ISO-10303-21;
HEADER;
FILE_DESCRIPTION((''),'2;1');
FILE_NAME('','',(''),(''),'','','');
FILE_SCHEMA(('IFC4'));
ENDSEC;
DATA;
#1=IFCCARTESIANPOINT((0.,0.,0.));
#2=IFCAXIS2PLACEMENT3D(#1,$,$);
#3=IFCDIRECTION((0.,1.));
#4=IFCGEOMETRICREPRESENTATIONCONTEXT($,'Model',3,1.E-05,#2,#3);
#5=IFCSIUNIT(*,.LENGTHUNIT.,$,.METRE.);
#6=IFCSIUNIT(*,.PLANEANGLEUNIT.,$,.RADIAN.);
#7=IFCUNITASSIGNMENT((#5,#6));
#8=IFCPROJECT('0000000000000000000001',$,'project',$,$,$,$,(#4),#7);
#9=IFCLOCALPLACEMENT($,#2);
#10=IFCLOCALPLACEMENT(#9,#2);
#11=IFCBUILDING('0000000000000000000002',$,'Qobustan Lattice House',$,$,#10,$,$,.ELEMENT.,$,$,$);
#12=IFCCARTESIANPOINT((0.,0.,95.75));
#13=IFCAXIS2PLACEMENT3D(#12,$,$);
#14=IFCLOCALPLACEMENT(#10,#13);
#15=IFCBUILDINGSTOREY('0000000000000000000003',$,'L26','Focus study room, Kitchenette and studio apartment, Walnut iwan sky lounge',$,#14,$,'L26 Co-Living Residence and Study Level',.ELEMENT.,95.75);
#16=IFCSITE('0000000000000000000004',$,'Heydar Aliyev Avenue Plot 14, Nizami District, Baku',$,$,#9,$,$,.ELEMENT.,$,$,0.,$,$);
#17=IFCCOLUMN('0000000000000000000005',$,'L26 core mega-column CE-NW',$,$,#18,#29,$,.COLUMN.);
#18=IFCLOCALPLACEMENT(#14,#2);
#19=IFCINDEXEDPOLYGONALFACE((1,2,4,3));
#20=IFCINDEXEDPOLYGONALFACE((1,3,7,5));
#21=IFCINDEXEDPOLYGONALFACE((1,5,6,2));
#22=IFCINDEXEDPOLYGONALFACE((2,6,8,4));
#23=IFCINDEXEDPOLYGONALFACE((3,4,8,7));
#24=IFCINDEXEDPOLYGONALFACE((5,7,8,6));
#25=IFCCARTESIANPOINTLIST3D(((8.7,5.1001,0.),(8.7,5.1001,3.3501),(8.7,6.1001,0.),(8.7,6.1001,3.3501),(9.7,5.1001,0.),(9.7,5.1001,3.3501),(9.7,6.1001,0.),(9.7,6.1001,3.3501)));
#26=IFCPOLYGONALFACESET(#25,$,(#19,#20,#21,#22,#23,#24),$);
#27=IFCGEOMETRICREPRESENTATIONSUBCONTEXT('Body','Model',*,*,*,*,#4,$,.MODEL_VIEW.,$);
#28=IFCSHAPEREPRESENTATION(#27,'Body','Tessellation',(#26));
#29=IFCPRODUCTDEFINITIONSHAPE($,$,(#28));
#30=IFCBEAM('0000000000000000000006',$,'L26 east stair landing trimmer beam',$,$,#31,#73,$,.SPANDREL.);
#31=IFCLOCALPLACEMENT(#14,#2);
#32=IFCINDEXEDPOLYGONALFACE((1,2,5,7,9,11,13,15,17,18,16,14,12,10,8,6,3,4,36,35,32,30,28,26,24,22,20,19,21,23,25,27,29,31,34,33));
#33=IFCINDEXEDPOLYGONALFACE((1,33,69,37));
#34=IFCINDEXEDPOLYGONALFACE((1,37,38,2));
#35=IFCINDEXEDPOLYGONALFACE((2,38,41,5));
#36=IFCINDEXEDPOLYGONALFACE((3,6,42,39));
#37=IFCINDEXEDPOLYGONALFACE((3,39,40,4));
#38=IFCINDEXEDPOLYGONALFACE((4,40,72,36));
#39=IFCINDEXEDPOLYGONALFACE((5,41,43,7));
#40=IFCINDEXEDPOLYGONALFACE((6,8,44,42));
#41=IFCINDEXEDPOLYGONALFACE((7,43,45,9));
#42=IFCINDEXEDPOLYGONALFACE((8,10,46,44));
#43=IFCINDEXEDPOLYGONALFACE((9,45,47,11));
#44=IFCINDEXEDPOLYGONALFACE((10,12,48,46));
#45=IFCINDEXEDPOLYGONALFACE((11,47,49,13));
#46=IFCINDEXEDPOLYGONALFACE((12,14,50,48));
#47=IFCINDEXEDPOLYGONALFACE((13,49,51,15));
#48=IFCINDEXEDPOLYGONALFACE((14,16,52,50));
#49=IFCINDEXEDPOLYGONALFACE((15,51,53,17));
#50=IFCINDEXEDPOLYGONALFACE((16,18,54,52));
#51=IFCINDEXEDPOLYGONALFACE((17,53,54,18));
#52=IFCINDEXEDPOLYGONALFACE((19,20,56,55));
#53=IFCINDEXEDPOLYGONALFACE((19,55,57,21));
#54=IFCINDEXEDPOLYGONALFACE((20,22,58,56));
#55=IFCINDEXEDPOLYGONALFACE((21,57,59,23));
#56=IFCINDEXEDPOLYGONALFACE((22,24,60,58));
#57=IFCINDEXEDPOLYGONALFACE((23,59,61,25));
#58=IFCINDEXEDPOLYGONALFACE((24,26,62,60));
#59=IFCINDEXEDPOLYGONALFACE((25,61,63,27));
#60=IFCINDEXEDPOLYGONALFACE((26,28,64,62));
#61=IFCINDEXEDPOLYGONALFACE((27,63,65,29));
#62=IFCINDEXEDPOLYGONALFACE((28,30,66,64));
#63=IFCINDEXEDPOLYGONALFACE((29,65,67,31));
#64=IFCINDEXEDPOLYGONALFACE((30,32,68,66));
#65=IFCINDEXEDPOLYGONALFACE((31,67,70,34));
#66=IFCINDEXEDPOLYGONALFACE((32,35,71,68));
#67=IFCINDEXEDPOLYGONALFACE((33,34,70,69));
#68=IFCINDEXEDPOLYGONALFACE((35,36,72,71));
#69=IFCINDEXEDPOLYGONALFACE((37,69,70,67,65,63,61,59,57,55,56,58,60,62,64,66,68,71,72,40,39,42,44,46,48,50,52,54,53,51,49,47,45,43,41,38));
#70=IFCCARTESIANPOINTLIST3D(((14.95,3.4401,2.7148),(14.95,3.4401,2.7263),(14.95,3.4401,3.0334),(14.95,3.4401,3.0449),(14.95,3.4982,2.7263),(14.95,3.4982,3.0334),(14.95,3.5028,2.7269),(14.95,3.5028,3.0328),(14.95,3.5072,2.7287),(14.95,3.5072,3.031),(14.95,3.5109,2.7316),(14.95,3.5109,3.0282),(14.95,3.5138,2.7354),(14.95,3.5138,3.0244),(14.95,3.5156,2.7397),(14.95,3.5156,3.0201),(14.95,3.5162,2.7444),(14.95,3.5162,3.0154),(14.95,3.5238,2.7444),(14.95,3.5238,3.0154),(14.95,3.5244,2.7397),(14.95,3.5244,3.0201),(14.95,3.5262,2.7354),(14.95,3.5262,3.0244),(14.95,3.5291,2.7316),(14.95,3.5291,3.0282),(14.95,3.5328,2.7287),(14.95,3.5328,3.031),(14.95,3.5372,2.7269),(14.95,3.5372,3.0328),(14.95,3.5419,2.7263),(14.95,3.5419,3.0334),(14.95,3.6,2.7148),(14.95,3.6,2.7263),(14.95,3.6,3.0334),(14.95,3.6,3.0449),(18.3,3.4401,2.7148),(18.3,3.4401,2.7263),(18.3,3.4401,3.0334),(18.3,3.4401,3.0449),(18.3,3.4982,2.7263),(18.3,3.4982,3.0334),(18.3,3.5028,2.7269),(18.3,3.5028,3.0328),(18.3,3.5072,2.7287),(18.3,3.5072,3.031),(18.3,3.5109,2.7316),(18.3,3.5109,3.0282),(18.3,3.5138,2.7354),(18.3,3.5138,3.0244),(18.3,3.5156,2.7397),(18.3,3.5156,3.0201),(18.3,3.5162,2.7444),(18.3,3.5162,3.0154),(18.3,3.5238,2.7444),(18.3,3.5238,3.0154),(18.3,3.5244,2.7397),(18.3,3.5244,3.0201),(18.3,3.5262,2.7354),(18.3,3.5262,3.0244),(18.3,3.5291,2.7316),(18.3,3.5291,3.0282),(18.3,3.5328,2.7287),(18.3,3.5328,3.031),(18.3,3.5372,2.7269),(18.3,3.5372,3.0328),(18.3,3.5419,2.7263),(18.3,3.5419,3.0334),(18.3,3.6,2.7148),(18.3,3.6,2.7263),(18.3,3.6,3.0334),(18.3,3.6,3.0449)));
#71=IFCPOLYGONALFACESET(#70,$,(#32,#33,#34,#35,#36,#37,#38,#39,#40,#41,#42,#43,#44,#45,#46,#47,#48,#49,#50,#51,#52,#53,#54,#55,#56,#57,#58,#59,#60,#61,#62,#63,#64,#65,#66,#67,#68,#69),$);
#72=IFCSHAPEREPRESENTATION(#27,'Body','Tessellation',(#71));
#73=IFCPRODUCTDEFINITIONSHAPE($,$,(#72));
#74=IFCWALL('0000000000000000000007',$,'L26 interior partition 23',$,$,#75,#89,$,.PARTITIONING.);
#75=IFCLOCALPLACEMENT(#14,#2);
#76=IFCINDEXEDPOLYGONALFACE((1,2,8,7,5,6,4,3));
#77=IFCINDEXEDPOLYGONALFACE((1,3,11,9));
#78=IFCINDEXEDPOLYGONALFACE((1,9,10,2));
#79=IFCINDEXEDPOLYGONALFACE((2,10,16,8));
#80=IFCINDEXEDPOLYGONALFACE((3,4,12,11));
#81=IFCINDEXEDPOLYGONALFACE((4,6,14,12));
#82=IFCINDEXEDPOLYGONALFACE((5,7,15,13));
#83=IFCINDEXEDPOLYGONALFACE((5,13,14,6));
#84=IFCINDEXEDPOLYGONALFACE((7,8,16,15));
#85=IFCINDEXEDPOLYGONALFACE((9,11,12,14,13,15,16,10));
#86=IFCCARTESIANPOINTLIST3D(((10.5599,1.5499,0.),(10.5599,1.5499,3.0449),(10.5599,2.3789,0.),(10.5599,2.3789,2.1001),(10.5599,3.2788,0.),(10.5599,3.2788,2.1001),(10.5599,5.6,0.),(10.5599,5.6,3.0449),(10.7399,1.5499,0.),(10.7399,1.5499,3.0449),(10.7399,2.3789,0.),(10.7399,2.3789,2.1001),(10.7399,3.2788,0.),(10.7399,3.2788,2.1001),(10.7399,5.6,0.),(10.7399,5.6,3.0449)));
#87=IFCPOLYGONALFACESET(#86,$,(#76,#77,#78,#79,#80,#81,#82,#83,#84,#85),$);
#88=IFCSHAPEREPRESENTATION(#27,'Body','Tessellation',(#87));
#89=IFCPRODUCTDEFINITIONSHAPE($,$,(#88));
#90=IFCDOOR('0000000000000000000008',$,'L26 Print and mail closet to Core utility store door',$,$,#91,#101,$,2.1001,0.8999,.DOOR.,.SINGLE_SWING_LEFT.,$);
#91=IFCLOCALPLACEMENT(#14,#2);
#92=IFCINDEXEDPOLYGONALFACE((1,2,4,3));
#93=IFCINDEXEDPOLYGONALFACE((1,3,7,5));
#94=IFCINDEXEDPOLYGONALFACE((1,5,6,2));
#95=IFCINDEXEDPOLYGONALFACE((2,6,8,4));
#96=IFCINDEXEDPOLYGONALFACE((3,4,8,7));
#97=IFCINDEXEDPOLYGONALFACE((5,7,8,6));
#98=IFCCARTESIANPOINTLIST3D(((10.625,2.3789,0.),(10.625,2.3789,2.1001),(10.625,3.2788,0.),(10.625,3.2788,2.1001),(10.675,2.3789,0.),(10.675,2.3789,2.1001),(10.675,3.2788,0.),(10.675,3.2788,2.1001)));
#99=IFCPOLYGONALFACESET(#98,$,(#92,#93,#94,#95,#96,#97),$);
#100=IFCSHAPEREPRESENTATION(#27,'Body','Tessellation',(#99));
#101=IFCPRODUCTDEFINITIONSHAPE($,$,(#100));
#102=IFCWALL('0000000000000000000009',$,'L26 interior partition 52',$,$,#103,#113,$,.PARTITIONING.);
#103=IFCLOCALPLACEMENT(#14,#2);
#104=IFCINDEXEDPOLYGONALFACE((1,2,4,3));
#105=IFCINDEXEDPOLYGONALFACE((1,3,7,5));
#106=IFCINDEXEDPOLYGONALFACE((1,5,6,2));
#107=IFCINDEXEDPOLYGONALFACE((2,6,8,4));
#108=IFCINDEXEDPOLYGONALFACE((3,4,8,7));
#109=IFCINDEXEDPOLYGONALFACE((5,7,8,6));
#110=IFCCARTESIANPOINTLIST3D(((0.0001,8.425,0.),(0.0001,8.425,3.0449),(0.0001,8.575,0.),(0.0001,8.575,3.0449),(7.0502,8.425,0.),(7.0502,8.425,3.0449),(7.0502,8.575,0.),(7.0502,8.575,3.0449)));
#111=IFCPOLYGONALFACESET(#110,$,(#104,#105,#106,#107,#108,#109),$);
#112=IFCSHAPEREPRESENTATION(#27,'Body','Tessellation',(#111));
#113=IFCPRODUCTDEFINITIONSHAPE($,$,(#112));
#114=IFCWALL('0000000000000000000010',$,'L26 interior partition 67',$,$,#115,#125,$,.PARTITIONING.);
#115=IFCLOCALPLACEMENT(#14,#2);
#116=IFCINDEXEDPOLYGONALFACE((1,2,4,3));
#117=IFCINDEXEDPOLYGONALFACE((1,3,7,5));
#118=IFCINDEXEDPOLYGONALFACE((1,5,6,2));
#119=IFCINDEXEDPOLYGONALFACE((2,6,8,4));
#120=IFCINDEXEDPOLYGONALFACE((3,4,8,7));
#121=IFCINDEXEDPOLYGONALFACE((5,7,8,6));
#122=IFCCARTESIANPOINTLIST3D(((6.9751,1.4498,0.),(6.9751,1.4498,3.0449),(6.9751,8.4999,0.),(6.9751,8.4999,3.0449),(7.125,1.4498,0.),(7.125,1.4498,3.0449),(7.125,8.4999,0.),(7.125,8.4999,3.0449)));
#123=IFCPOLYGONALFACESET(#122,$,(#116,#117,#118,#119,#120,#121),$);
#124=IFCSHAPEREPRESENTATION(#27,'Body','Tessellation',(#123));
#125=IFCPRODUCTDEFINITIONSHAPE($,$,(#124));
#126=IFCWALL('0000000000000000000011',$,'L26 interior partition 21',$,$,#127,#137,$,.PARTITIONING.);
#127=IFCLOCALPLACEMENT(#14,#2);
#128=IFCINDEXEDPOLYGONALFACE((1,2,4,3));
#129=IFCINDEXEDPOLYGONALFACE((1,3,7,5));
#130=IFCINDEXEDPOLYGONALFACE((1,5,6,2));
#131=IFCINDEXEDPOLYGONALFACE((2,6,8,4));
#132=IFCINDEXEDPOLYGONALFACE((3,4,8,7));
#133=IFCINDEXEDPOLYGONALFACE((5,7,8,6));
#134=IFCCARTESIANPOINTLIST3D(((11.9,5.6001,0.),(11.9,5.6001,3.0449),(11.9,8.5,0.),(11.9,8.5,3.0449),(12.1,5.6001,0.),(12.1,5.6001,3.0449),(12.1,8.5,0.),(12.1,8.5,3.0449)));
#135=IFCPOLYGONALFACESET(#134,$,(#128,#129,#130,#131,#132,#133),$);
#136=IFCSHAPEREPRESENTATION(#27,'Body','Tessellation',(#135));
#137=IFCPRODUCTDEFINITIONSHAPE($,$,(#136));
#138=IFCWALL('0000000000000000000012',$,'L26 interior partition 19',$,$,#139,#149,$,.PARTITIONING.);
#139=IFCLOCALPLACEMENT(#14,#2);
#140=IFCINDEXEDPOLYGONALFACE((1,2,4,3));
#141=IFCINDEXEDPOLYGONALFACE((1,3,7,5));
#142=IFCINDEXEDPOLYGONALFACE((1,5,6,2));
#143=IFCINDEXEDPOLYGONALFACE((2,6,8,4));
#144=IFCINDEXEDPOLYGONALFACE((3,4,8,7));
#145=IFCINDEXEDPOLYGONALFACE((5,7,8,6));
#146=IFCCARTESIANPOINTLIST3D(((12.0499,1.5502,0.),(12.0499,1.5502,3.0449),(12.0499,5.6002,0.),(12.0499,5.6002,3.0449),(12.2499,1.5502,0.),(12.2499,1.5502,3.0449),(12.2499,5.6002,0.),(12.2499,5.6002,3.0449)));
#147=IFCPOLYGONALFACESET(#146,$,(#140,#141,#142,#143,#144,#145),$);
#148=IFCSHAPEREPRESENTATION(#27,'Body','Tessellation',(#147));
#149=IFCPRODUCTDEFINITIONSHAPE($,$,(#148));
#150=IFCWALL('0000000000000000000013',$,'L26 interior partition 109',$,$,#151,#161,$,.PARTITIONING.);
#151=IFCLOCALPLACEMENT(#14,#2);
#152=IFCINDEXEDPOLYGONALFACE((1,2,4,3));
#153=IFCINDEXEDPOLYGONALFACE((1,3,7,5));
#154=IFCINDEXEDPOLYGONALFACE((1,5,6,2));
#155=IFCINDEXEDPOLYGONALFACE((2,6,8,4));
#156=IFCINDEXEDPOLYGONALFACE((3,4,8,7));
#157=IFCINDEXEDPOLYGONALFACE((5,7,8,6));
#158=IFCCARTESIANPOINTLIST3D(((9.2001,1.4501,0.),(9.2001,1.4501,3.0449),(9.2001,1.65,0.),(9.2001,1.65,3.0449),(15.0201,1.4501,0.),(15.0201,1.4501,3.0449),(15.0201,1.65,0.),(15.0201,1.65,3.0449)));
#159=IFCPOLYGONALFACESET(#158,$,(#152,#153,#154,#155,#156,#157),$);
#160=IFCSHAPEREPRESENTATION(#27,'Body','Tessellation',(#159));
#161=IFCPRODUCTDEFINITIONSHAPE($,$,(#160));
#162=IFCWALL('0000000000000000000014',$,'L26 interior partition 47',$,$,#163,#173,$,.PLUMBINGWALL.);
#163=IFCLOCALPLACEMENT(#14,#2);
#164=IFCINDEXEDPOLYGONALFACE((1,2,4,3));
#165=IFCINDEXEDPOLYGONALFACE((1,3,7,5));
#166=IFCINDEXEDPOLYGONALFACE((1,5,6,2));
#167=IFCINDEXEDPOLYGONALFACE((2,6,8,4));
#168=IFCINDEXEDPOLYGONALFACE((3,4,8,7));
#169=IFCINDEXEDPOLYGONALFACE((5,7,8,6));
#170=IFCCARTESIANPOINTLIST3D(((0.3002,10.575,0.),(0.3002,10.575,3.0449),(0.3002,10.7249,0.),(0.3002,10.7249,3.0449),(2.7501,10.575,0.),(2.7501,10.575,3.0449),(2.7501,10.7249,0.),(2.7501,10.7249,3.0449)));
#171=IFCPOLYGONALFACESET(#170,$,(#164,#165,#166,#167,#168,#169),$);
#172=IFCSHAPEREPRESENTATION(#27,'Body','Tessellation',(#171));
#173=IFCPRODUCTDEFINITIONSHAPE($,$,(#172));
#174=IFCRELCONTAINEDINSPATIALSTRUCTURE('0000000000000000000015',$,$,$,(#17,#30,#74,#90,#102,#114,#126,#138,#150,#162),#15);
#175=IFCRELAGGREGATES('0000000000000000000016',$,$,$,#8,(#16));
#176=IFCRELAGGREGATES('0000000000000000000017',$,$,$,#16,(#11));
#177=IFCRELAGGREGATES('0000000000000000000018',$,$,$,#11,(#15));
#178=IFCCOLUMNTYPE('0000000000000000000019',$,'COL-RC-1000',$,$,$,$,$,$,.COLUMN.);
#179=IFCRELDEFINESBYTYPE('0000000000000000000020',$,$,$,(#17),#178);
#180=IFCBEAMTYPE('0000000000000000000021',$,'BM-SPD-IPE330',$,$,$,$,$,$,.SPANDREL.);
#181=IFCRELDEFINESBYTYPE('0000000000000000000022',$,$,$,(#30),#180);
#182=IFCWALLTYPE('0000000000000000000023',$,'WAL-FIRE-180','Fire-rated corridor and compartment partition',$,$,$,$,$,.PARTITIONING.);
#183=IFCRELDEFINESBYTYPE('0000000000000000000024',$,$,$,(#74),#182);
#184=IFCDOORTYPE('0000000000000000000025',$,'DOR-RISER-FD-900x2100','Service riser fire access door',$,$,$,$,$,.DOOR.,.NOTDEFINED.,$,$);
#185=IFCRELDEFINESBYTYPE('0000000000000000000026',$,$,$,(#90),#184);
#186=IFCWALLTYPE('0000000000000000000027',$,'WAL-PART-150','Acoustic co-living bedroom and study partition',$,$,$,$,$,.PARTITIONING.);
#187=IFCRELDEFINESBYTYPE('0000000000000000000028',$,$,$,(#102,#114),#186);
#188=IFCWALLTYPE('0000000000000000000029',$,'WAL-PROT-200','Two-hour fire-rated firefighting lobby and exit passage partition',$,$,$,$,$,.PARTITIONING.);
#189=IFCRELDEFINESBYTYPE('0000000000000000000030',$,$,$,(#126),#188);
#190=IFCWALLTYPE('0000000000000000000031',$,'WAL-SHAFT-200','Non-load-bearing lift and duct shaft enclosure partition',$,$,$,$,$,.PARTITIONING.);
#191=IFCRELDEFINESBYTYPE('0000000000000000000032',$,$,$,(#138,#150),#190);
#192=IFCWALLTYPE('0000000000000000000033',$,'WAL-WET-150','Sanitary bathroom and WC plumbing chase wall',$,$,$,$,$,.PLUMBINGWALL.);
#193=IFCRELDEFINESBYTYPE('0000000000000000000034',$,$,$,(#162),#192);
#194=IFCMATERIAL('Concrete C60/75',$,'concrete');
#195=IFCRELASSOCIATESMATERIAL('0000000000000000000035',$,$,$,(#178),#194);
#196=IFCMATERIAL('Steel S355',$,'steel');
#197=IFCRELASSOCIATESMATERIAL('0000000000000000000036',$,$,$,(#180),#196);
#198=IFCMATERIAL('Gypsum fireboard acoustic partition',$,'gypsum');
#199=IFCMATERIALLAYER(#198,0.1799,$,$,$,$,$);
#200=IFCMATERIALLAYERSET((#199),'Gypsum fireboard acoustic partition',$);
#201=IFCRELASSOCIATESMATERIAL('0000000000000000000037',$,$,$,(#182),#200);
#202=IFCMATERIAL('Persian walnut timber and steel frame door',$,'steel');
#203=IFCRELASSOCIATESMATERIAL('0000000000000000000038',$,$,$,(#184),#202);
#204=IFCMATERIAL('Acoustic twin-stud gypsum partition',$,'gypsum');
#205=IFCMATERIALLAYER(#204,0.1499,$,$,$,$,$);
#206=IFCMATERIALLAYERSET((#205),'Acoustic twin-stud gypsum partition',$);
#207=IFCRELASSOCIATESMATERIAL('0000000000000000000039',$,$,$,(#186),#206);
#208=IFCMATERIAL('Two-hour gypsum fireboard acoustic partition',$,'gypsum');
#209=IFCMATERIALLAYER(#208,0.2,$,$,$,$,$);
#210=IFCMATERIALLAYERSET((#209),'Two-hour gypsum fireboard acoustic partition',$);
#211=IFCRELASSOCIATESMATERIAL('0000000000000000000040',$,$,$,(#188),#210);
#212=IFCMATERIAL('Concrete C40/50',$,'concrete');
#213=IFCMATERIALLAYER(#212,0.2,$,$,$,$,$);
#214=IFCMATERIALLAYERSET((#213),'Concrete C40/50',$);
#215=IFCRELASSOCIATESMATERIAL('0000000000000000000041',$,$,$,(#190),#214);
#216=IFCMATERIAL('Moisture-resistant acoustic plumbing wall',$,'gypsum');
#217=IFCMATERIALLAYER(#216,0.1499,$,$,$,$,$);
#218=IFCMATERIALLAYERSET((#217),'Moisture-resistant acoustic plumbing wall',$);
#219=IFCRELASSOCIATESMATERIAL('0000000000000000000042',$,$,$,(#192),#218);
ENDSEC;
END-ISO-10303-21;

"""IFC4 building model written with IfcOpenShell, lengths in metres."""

from ifc_helpers import new_model, si_unit, direction, frame, frame_2d, origin, origin_2d, place, context, subcontext, project, spatial, rectangle, i_section, extrude, material, layer, layer_set, material_profile, profile_set, type_object, element, fill, save


model = new_model("IFC4")

# Units and contexts
model_context = context("Model", 3, precision=1e-05, world=origin(), true_north=direction((0.0, 1.0)))
body_context = subcontext(model_context, "Body", "Model", "MODEL_VIEW")
ifc_project = project(units=[si_unit("LENGTHUNIT", "METRE"), si_unit("PLANEANGLEUNIT", "RADIAN")], contexts=[model_context])

# Site, building, storey
site_placement = place(None, origin())
site = spatial("IfcSite", under=ifc_project, at=site_placement, Name="Heydar Aliyev Avenue Plot 14, Nizami District, Baku", CompositionType="ELEMENT", RefElevation=0.0)
building_placement = place(site_placement, origin())
building = spatial("IfcBuilding", under=site, at=building_placement, Name="Qobustan Lattice House", CompositionType="ELEMENT")
storey_placement = place(building_placement, frame((0.0, 0.0, 95.75)))
storey = spatial("IfcBuildingStorey", under=building, at=storey_placement, Name="L26", Description="Focus study room, Kitchenette and studio apartment, Walnut iwan sky lounge", LongName="L26 Co-Living Residence and Study Level", CompositionType="ELEMENT", Elevation=95.75)

# Column
ifc_material_1 = material(Name="Concrete C60/75", Category="concrete")
ifc_material_profile_1 = material_profile(ifc_material_1, rectangle(XDim=1.0, YDim=1.0, at=origin_2d()), Name="RC1000x1000")
ifc_profile_set_1 = profile_set([ifc_material_profile_1], Name="Concrete C60/75")
column_type = type_object("IfcColumnType", Name="COL-RC-1000", PredefinedType="COLUMN", material=ifc_profile_set_1)
column_placement = place(storey_placement, frame((9.2, 5.6001, 0.0), z_axis=(0.0, 0.0, 1.0), x_axis=(1.0, 0.0, 0.0)))
element("IfcColumn", 1, at=column_placement, inside=storey, type_object=column_type, Name="L26 core mega-column CE-NW", PredefinedType="COLUMN", context=body_context, shape_type="SweptSolid", body=[
    extrude(rectangle(XDim=1.0, YDim=1.0, at=origin_2d()), origin(), (0.0, 0.0, 1.0), 3.3501),
])

# Beam
ifc_material_2 = material(Name="Steel S355", Category="steel")
ifc_material_profile_2 = material_profile(ifc_material_2, i_section(OverallWidth=0.1599, OverallDepth=0.3301, WebThickness=0.0076, FlangeThickness=0.0115, FilletRadius=0.0181, at=origin_2d()), Name="IPE330")
ifc_profile_set_2 = profile_set([ifc_material_profile_2], Name="Steel S355")
beam_type = type_object("IfcBeamType", Name="BM-SPD-IPE330", PredefinedType="SPANDREL", material=ifc_profile_set_2)
beam_placement = place(storey_placement, frame((14.95, 3.52, 2.8799), z_axis=(1.0, 0.0, 0.0), x_axis=(0.0, 1.0, 0.0)))
element("IfcBeam", 2, at=beam_placement, inside=storey, type_object=beam_type, Name="L26 east stair landing trimmer beam", PredefinedType="SPANDREL", context=body_context, shape_type="SweptSolid", body=[
    extrude(i_section(OverallWidth=0.1599, OverallDepth=0.3301, WebThickness=0.0076, FlangeThickness=0.0115, FilletRadius=0.0181, at=origin_2d()), origin(), (0.0, 0.0, 1.0), 3.3501),
])

# Wall, opening, door
ifc_material_3 = material(Name="Gypsum fireboard acoustic partition", Category="gypsum")
ifc_layer_1 = layer(ifc_material_3, 0.1799)
ifc_layer_set_1 = layer_set([ifc_layer_1], Name="Gypsum fireboard acoustic partition")
wall_type_1 = type_object("IfcWallType", Name="WAL-FIRE-180", Description="Fire-rated corridor and compartment partition", PredefinedType="PARTITIONING", material=ifc_layer_set_1)
wall_1_placement = place(storey_placement, frame((10.6499, 1.55, 0.0), z_axis=(0.0, 0.0, 1.0), x_axis=(0.0, 1.0, 0.0)))
wall_1 = element("IfcWall", 3, at=wall_1_placement, inside=storey, type_object=wall_type_1, Name="L26 interior partition 23", PredefinedType="PARTITIONING", context=body_context, shape_type="SweptSolid", body=[
    extrude(rectangle(XDim=4.05, YDim=0.1799, at=frame_2d((2.0249, 0.0))), origin(), (0.0, 0.0, 1.0), 3.0449),
])
opening_1_placement = place(wall_1_placement, frame((0.8289, 0.0, 0.0)))
opening_1 = element("IfcOpeningElement", 4, at=opening_1_placement, cuts=wall_1, PredefinedType="OPENING", context=body_context, shape_type="SweptSolid", body=[
    extrude(rectangle(XDim=0.8999, YDim=2.1001, at=frame_2d((0.45, 1.05))), frame((0.0, 0.0999, 0.0), z_axis=(0.0, -1.0, 0.0), x_axis=(1.0, 0.0, 0.0)), (0.0, 0.0, 1.0), 0.2),
])
ifc_material_4 = material(Name="Persian walnut timber and steel frame door", Category="steel")
door_type_1 = type_object("IfcDoorType", Name="DOR-RISER-FD-900x2100", Description="Service riser fire access door", OperationType="NOTDEFINED", PredefinedType="DOOR", material=ifc_material_4)
door_1_placement = place(opening_1_placement, origin())
door_1 = element("IfcDoor", 5, at=door_1_placement, inside=storey, type_object=door_type_1, Name="L26 Print and mail closet to Core utility store door", OperationType="SINGLE_SWING_LEFT", OverallHeight=2.1001, OverallWidth=0.8999, PredefinedType="DOOR", context=body_context, shape_type="SweptSolid", body=[
    extrude(rectangle(XDim=0.8999, YDim=2.1001, at=frame_2d((0.45, 1.05))), frame((0.0, 0.0249, 0.0), z_axis=(0.0, -1.0, 0.0), x_axis=(1.0, 0.0, 0.0)), (0.0, 0.0, 1.0), 0.05),
])
fill(opening_1, door_1)

# Walls
ifc_material_5 = material(Name="Acoustic twin-stud gypsum partition", Category="gypsum")
ifc_layer_2 = layer(ifc_material_5, 0.1499)
ifc_layer_set_2 = layer_set([ifc_layer_2], Name="Acoustic twin-stud gypsum partition")
wall_type_2 = type_object("IfcWallType", Name="WAL-PART-150", Description="Acoustic co-living bedroom and study partition", PredefinedType="PARTITIONING", material=ifc_layer_set_2)
for number, where, z_axis, x_axis, name in (
    (6, (7.05, 8.5, 0.0), (0.0, 0.0, 1.0), (-1.0, 0.0, 0.0), "L26 interior partition 52"),
    (7, (7.05, 1.45, 0.0), (0.0, 0.0, 1.0), (0.0, 1.0, 0.0), "L26 interior partition 67"),
):
    element("IfcWall", number, at=place(storey_placement, frame(where, z_axis=z_axis, x_axis=x_axis)), inside=storey, type_object=wall_type_2, Name=name, PredefinedType="PARTITIONING", context=body_context, shape_type="SweptSolid", body=[
        extrude(rectangle(XDim=7.05, YDim=0.1499, at=frame_2d((3.5249, 0.0))), origin(), (0.0, 0.0, 1.0), 3.0449),
    ])
ifc_material_6 = material(Name="Two-hour gypsum fireboard acoustic partition", Category="gypsum")
ifc_layer_3 = layer(ifc_material_6, 0.2)
ifc_layer_set_3 = layer_set([ifc_layer_3], Name="Two-hour gypsum fireboard acoustic partition")
wall_type_3 = type_object("IfcWallType", Name="WAL-PROT-200", Description="Two-hour fire-rated firefighting lobby and exit passage partition", PredefinedType="PARTITIONING", material=ifc_layer_set_3)
wall_2_placement = place(storey_placement, frame((12.0, 8.5, 0.0), z_axis=(0.0, 0.0, 1.0), x_axis=(0.0, -1.0, 0.0)))
element("IfcWall", 8, at=wall_2_placement, inside=storey, type_object=wall_type_3, Name="L26 interior partition 21", PredefinedType="PARTITIONING", context=body_context, shape_type="SweptSolid", body=[
    extrude(rectangle(XDim=2.8999, YDim=0.2, at=frame_2d((1.45, 0.0))), origin(), (0.0, 0.0, 1.0), 3.0449),
])
ifc_material_7 = material(Name="Concrete C40/50", Category="concrete")
ifc_layer_4 = layer(ifc_material_7, 0.2)
ifc_layer_set_4 = layer_set([ifc_layer_4], Name="Concrete C40/50")
wall_type_4 = type_object("IfcWallType", Name="WAL-SHAFT-200", Description="Non-load-bearing lift and duct shaft enclosure partition", PredefinedType="PARTITIONING", material=ifc_layer_set_4)
wall_3_placement = place(storey_placement, frame((12.1499, 5.6001, 0.0), z_axis=(0.0, 0.0, 1.0), x_axis=(0.0, -1.0, 0.0)))
element("IfcWall", 9, at=wall_3_placement, inside=storey, type_object=wall_type_4, Name="L26 interior partition 19", PredefinedType="PARTITIONING", context=body_context, shape_type="SweptSolid", body=[
    extrude(rectangle(XDim=4.05, YDim=0.2, at=frame_2d((2.0249, 0.0))), origin(), (0.0, 0.0, 1.0), 3.0449),
])
wall_4_placement = place(storey_placement, frame((9.2, 1.55, 0.0), z_axis=(0.0, 0.0, 1.0), x_axis=(1.0, 0.0, 0.0)))
element("IfcWall", 10, at=wall_4_placement, inside=storey, type_object=wall_type_4, Name="L26 interior partition 109", PredefinedType="PARTITIONING", context=body_context, shape_type="SweptSolid", body=[
    extrude(rectangle(XDim=5.8201, YDim=0.2, at=frame_2d((2.9102, 0.0))), origin(), (0.0, 0.0, 1.0), 3.0449),
])
ifc_material_8 = material(Name="Moisture-resistant acoustic plumbing wall", Category="gypsum")
ifc_layer_5 = layer(ifc_material_8, 0.1499)
ifc_layer_set_5 = layer_set([ifc_layer_5], Name="Moisture-resistant acoustic plumbing wall")
wall_type_5 = type_object("IfcWallType", Name="WAL-WET-150", Description="Sanitary bathroom and WC plumbing chase wall", PredefinedType="PLUMBINGWALL", material=ifc_layer_set_5)
wall_5_placement = place(storey_placement, frame((0.3, 10.6499, 0.0), z_axis=(0.0, 0.0, 1.0), x_axis=(1.0, 0.0, 0.0)))
element("IfcWall", 11, at=wall_5_placement, inside=storey, type_object=wall_type_5, Name="L26 interior partition 47", PredefinedType="PLUMBINGWALL", context=body_context, shape_type="SweptSolid", body=[
    extrude(rectangle(XDim=2.45, YDim=0.1499, at=frame_2d((1.2251, 0.0))), origin(), (0.0, 0.0, 1.0), 3.0449),
])

save(model, "model.ifc")
